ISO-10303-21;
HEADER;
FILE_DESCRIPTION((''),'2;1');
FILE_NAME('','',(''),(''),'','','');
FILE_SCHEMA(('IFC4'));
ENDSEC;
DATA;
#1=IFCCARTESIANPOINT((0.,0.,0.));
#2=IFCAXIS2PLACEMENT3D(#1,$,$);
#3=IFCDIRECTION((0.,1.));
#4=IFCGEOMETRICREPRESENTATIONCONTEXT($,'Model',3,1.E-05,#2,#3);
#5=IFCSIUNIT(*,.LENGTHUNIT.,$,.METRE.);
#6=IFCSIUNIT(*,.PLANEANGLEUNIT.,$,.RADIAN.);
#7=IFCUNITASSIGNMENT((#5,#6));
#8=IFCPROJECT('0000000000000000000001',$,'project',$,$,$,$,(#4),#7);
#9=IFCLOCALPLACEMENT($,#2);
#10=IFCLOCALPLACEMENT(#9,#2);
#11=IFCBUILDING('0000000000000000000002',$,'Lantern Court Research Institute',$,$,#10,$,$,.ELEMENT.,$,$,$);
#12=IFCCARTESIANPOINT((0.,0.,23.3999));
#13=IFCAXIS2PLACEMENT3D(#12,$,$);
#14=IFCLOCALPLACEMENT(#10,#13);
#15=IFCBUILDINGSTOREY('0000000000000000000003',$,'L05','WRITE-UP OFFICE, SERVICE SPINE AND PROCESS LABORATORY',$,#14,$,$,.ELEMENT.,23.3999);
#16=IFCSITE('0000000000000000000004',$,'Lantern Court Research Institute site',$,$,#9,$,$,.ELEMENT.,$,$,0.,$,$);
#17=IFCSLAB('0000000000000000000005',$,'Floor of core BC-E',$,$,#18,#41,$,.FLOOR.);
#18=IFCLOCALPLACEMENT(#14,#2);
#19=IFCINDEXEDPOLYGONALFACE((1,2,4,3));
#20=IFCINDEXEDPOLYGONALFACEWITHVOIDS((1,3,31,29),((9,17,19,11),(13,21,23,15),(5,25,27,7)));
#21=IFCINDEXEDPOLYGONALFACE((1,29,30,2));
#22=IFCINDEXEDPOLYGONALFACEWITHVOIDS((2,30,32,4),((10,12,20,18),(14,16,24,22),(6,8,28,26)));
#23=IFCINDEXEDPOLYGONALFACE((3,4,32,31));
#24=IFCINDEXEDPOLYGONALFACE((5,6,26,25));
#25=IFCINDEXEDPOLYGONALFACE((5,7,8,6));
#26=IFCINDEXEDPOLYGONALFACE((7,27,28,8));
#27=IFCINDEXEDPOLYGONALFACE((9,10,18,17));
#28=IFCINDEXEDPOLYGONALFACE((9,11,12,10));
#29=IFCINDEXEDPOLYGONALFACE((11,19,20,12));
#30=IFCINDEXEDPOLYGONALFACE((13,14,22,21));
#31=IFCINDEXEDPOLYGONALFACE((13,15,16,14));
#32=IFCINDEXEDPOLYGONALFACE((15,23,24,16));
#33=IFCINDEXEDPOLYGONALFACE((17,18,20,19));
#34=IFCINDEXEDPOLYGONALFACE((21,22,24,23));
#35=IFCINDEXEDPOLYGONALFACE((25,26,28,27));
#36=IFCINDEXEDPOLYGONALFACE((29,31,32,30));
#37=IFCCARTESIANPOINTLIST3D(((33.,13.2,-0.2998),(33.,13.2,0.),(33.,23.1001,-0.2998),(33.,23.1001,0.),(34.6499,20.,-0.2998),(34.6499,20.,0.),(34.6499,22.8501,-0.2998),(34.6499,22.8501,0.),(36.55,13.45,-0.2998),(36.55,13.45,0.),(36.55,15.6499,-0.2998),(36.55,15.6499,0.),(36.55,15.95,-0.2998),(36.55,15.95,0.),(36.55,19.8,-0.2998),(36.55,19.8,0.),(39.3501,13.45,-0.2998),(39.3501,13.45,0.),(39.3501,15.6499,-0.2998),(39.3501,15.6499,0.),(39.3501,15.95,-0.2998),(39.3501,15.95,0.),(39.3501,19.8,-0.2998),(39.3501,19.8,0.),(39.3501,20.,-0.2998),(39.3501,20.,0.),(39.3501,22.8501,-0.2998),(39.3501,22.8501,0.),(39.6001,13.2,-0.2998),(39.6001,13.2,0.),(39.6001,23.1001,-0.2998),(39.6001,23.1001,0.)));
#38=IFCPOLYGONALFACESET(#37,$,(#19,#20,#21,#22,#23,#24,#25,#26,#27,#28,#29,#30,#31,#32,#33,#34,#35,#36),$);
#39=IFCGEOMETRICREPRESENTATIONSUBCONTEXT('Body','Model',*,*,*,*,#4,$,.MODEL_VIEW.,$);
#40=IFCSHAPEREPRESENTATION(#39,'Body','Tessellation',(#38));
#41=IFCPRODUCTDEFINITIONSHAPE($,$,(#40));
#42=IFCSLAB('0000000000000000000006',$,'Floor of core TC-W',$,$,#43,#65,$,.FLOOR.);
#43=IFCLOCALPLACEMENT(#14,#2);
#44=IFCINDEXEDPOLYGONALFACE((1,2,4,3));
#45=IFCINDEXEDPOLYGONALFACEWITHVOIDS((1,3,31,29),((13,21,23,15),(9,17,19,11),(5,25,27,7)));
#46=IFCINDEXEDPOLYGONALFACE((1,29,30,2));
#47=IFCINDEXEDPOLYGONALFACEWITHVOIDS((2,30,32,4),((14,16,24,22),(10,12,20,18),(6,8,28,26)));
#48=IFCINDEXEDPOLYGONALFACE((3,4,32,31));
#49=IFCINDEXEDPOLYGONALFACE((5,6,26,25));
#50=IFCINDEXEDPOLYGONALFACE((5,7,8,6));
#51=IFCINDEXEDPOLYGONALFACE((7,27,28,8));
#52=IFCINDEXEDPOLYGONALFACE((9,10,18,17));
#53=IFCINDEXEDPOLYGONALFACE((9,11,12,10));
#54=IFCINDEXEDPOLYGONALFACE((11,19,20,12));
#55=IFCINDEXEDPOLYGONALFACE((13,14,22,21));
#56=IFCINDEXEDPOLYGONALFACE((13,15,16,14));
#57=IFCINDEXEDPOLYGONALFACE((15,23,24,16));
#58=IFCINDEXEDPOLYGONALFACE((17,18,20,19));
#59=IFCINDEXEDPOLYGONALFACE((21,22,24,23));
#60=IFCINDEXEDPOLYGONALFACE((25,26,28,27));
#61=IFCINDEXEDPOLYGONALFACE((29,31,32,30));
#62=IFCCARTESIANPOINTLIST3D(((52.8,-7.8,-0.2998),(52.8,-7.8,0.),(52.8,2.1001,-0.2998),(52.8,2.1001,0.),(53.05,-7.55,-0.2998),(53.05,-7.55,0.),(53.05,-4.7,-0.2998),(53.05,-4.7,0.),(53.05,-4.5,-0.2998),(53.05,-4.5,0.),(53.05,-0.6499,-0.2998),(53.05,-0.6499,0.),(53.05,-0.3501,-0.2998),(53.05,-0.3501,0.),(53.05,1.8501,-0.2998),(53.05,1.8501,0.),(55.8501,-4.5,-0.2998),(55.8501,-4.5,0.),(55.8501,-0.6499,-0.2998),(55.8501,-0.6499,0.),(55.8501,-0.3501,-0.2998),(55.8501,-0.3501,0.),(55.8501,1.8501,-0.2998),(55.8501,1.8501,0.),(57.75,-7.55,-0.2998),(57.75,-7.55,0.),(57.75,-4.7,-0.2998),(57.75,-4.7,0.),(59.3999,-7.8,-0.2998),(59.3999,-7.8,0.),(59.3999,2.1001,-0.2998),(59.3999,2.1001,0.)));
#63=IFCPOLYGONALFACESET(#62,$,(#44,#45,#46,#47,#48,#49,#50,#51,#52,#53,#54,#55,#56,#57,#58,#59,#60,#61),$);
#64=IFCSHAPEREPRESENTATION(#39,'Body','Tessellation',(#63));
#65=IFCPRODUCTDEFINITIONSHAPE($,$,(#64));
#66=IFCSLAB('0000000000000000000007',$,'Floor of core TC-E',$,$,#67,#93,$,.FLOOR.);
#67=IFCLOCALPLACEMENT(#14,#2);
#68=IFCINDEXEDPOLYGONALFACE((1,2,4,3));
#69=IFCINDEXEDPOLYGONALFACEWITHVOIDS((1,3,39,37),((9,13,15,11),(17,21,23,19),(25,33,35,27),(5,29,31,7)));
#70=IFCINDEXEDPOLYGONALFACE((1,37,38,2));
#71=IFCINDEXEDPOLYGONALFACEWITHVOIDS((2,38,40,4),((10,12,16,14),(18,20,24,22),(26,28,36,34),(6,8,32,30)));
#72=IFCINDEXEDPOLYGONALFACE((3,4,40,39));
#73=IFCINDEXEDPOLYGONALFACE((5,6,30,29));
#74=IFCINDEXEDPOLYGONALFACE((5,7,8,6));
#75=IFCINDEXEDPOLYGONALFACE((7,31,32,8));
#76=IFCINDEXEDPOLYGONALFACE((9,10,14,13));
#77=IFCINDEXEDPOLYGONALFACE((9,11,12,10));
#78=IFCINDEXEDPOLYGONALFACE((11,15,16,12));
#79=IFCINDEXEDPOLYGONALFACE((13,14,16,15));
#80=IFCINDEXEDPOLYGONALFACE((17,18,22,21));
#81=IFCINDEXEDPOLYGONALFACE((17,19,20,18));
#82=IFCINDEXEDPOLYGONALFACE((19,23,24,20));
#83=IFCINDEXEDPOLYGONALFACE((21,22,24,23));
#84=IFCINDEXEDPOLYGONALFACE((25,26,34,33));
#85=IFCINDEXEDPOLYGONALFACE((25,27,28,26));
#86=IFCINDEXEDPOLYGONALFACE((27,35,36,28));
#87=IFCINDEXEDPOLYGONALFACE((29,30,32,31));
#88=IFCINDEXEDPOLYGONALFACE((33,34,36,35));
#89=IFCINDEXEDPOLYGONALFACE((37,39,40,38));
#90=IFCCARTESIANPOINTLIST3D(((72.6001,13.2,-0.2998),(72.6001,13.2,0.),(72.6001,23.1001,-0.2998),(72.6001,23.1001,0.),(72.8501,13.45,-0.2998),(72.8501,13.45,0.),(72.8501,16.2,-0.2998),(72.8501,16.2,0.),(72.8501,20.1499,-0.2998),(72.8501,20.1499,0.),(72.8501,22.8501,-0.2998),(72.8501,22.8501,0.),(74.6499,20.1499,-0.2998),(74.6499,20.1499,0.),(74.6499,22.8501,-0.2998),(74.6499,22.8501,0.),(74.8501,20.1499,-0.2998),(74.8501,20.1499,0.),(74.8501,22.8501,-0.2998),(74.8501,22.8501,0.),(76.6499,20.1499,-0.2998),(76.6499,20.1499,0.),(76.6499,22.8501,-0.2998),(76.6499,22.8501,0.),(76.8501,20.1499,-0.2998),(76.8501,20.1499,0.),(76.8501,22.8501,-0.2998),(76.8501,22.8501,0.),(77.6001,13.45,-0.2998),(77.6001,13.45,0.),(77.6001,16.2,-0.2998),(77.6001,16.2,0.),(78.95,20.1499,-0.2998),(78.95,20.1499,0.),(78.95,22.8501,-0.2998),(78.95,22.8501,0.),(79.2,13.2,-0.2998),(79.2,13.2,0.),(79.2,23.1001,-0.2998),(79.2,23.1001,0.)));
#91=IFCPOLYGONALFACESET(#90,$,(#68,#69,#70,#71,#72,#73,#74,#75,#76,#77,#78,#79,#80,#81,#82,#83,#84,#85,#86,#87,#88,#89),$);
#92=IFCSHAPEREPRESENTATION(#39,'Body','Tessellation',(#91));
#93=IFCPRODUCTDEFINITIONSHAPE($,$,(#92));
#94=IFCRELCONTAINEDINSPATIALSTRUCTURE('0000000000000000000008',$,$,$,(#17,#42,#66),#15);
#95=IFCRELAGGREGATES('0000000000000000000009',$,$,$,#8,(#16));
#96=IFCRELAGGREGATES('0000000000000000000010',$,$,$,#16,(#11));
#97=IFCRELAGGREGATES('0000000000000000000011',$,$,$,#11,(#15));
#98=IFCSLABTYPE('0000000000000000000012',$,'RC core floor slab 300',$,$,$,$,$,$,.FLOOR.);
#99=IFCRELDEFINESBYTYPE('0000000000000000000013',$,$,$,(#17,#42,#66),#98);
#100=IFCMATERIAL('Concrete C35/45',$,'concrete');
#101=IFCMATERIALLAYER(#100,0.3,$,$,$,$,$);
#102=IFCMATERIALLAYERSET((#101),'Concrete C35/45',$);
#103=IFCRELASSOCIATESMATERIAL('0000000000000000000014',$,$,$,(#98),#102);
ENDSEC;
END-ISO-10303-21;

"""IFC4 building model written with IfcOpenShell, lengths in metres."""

from ifc_helpers import new_model, si_unit, direction, frame, origin, place, context, subcontext, project, spatial, polyline, outline, extrude, material, layer, layer_set, type_object, element, save


model = new_model("IFC4")

# Units and contexts
model_context = context("Model", 3, precision=1e-05, world=origin(), true_north=direction((0.0, 1.0)))
body_context = subcontext(model_context, "Body", "Model", "MODEL_VIEW")
ifc_project = project(units=[si_unit("LENGTHUNIT", "METRE"), si_unit("PLANEANGLEUNIT", "RADIAN")], contexts=[model_context])

# Site, building, storey
site_placement = place(None, origin())
site = spatial("IfcSite", under=ifc_project, at=site_placement, Name="Lantern Court Research Institute site", CompositionType="ELEMENT", RefElevation=0.0)
building_placement = place(site_placement, origin())
building = spatial("IfcBuilding", under=site, at=building_placement, Name="Lantern Court Research Institute", CompositionType="ELEMENT")
storey_placement = place(building_placement, frame((0.0, 0.0, 23.3999)))
storey = spatial("IfcBuildingStorey", under=building, at=storey_placement, Name="L05", Description="WRITE-UP OFFICE, SERVICE SPINE AND PROCESS LABORATORY", CompositionType="ELEMENT", Elevation=23.3999)

# Slabs
ifc_material_1 = material(Name="Concrete C35/45", Category="concrete")
ifc_layer_1 = layer(ifc_material_1, 0.3)
ifc_layer_set_1 = layer_set([ifc_layer_1], Name="Concrete C35/45")
slab_type_1 = type_object("IfcSlabType", Name="RC core floor slab 300", PredefinedType="FLOOR", material=ifc_layer_set_1)
slab_1_placement = place(storey_placement, frame((0.0, 0.0, -0.2998)))
element("IfcSlab", 1, at=slab_1_placement, inside=storey, type_object=slab_type_1, Name="Floor of core BC-E", PredefinedType="FLOOR", context=body_context, shape_type="SweptSolid", body=[
    extrude(outline(polyline([(33.0, 13.2), (39.6001, 13.2), (39.6001, 23.1001), (33.0, 23.1001), (33.0, 13.2)]), holes=[polyline([(34.6499, 20.0), (39.3501, 20.0), (39.3501, 22.8501), (34.6499, 22.8501), (34.6499, 20.0)]), polyline([(36.55, 13.45), (39.3501, 13.45), (39.3501, 15.6499), (36.55, 15.6499), (36.55, 13.45)]), polyline([(39.3501, 15.95), (36.55, 15.95), (36.55, 19.8), (39.3501, 19.8), (39.3501, 15.95)])]), origin(), (0.0, 0.0, 1.0), 0.2998),
])
slab_2_placement = place(storey_placement, frame((0.0, 0.0, -0.2998)))
element("IfcSlab", 2, at=slab_2_placement, inside=storey, type_object=slab_type_1, Name="Floor of core TC-W", PredefinedType="FLOOR", context=body_context, shape_type="SweptSolid", body=[
    extrude(outline(polyline([(52.8, -7.8), (59.3999, -7.8), (59.3999, 2.1001), (52.8, 2.1001), (52.8, -7.8)]), holes=[polyline([(57.75, -4.7), (53.05, -4.7), (53.05, -7.55), (57.75, -7.55), (57.75, -4.7)]), polyline([(53.05, -0.3501), (55.8501, -0.3501), (55.8501, 1.8501), (53.05, 1.8501), (53.05, -0.3501)]), polyline([(53.05, -0.6499), (55.8501, -0.6499), (55.8501, -4.5), (53.05, -4.5), (53.05, -0.6499)])]), origin(), (0.0, 0.0, 1.0), 0.2998),
])
slab_3_placement = place(storey_placement, frame((0.0, 0.0, -0.2998)))
element("IfcSlab", 3, at=slab_3_placement, inside=storey, type_object=slab_type_1, Name="Floor of core TC-E", PredefinedType="FLOOR", context=body_context, shape_type="SweptSolid", body=[
    extrude(outline(polyline([(72.6001, 13.2), (79.2, 13.2), (79.2, 23.1001), (72.6001, 23.1001), (72.6001, 13.2)]), holes=[polyline([(77.6001, 16.2), (72.8501, 16.2), (72.8501, 13.45), (77.6001, 13.45), (77.6001, 16.2)]), polyline([(72.8501, 20.1499), (74.6499, 20.1499), (74.6499, 22.8501), (72.8501, 22.8501), (72.8501, 20.1499)]), polyline([(74.8501, 20.1499), (76.6499, 20.1499), (76.6499, 22.8501), (74.8501, 22.8501), (74.8501, 20.1499)]), polyline([(76.8501, 20.1499), (78.95, 20.1499), (78.95, 22.8501), (76.8501, 22.8501), (76.8501, 20.1499)])]), origin(), (0.0, 0.0, 1.0), 0.2998),
])

save(model, "model.ifc")
